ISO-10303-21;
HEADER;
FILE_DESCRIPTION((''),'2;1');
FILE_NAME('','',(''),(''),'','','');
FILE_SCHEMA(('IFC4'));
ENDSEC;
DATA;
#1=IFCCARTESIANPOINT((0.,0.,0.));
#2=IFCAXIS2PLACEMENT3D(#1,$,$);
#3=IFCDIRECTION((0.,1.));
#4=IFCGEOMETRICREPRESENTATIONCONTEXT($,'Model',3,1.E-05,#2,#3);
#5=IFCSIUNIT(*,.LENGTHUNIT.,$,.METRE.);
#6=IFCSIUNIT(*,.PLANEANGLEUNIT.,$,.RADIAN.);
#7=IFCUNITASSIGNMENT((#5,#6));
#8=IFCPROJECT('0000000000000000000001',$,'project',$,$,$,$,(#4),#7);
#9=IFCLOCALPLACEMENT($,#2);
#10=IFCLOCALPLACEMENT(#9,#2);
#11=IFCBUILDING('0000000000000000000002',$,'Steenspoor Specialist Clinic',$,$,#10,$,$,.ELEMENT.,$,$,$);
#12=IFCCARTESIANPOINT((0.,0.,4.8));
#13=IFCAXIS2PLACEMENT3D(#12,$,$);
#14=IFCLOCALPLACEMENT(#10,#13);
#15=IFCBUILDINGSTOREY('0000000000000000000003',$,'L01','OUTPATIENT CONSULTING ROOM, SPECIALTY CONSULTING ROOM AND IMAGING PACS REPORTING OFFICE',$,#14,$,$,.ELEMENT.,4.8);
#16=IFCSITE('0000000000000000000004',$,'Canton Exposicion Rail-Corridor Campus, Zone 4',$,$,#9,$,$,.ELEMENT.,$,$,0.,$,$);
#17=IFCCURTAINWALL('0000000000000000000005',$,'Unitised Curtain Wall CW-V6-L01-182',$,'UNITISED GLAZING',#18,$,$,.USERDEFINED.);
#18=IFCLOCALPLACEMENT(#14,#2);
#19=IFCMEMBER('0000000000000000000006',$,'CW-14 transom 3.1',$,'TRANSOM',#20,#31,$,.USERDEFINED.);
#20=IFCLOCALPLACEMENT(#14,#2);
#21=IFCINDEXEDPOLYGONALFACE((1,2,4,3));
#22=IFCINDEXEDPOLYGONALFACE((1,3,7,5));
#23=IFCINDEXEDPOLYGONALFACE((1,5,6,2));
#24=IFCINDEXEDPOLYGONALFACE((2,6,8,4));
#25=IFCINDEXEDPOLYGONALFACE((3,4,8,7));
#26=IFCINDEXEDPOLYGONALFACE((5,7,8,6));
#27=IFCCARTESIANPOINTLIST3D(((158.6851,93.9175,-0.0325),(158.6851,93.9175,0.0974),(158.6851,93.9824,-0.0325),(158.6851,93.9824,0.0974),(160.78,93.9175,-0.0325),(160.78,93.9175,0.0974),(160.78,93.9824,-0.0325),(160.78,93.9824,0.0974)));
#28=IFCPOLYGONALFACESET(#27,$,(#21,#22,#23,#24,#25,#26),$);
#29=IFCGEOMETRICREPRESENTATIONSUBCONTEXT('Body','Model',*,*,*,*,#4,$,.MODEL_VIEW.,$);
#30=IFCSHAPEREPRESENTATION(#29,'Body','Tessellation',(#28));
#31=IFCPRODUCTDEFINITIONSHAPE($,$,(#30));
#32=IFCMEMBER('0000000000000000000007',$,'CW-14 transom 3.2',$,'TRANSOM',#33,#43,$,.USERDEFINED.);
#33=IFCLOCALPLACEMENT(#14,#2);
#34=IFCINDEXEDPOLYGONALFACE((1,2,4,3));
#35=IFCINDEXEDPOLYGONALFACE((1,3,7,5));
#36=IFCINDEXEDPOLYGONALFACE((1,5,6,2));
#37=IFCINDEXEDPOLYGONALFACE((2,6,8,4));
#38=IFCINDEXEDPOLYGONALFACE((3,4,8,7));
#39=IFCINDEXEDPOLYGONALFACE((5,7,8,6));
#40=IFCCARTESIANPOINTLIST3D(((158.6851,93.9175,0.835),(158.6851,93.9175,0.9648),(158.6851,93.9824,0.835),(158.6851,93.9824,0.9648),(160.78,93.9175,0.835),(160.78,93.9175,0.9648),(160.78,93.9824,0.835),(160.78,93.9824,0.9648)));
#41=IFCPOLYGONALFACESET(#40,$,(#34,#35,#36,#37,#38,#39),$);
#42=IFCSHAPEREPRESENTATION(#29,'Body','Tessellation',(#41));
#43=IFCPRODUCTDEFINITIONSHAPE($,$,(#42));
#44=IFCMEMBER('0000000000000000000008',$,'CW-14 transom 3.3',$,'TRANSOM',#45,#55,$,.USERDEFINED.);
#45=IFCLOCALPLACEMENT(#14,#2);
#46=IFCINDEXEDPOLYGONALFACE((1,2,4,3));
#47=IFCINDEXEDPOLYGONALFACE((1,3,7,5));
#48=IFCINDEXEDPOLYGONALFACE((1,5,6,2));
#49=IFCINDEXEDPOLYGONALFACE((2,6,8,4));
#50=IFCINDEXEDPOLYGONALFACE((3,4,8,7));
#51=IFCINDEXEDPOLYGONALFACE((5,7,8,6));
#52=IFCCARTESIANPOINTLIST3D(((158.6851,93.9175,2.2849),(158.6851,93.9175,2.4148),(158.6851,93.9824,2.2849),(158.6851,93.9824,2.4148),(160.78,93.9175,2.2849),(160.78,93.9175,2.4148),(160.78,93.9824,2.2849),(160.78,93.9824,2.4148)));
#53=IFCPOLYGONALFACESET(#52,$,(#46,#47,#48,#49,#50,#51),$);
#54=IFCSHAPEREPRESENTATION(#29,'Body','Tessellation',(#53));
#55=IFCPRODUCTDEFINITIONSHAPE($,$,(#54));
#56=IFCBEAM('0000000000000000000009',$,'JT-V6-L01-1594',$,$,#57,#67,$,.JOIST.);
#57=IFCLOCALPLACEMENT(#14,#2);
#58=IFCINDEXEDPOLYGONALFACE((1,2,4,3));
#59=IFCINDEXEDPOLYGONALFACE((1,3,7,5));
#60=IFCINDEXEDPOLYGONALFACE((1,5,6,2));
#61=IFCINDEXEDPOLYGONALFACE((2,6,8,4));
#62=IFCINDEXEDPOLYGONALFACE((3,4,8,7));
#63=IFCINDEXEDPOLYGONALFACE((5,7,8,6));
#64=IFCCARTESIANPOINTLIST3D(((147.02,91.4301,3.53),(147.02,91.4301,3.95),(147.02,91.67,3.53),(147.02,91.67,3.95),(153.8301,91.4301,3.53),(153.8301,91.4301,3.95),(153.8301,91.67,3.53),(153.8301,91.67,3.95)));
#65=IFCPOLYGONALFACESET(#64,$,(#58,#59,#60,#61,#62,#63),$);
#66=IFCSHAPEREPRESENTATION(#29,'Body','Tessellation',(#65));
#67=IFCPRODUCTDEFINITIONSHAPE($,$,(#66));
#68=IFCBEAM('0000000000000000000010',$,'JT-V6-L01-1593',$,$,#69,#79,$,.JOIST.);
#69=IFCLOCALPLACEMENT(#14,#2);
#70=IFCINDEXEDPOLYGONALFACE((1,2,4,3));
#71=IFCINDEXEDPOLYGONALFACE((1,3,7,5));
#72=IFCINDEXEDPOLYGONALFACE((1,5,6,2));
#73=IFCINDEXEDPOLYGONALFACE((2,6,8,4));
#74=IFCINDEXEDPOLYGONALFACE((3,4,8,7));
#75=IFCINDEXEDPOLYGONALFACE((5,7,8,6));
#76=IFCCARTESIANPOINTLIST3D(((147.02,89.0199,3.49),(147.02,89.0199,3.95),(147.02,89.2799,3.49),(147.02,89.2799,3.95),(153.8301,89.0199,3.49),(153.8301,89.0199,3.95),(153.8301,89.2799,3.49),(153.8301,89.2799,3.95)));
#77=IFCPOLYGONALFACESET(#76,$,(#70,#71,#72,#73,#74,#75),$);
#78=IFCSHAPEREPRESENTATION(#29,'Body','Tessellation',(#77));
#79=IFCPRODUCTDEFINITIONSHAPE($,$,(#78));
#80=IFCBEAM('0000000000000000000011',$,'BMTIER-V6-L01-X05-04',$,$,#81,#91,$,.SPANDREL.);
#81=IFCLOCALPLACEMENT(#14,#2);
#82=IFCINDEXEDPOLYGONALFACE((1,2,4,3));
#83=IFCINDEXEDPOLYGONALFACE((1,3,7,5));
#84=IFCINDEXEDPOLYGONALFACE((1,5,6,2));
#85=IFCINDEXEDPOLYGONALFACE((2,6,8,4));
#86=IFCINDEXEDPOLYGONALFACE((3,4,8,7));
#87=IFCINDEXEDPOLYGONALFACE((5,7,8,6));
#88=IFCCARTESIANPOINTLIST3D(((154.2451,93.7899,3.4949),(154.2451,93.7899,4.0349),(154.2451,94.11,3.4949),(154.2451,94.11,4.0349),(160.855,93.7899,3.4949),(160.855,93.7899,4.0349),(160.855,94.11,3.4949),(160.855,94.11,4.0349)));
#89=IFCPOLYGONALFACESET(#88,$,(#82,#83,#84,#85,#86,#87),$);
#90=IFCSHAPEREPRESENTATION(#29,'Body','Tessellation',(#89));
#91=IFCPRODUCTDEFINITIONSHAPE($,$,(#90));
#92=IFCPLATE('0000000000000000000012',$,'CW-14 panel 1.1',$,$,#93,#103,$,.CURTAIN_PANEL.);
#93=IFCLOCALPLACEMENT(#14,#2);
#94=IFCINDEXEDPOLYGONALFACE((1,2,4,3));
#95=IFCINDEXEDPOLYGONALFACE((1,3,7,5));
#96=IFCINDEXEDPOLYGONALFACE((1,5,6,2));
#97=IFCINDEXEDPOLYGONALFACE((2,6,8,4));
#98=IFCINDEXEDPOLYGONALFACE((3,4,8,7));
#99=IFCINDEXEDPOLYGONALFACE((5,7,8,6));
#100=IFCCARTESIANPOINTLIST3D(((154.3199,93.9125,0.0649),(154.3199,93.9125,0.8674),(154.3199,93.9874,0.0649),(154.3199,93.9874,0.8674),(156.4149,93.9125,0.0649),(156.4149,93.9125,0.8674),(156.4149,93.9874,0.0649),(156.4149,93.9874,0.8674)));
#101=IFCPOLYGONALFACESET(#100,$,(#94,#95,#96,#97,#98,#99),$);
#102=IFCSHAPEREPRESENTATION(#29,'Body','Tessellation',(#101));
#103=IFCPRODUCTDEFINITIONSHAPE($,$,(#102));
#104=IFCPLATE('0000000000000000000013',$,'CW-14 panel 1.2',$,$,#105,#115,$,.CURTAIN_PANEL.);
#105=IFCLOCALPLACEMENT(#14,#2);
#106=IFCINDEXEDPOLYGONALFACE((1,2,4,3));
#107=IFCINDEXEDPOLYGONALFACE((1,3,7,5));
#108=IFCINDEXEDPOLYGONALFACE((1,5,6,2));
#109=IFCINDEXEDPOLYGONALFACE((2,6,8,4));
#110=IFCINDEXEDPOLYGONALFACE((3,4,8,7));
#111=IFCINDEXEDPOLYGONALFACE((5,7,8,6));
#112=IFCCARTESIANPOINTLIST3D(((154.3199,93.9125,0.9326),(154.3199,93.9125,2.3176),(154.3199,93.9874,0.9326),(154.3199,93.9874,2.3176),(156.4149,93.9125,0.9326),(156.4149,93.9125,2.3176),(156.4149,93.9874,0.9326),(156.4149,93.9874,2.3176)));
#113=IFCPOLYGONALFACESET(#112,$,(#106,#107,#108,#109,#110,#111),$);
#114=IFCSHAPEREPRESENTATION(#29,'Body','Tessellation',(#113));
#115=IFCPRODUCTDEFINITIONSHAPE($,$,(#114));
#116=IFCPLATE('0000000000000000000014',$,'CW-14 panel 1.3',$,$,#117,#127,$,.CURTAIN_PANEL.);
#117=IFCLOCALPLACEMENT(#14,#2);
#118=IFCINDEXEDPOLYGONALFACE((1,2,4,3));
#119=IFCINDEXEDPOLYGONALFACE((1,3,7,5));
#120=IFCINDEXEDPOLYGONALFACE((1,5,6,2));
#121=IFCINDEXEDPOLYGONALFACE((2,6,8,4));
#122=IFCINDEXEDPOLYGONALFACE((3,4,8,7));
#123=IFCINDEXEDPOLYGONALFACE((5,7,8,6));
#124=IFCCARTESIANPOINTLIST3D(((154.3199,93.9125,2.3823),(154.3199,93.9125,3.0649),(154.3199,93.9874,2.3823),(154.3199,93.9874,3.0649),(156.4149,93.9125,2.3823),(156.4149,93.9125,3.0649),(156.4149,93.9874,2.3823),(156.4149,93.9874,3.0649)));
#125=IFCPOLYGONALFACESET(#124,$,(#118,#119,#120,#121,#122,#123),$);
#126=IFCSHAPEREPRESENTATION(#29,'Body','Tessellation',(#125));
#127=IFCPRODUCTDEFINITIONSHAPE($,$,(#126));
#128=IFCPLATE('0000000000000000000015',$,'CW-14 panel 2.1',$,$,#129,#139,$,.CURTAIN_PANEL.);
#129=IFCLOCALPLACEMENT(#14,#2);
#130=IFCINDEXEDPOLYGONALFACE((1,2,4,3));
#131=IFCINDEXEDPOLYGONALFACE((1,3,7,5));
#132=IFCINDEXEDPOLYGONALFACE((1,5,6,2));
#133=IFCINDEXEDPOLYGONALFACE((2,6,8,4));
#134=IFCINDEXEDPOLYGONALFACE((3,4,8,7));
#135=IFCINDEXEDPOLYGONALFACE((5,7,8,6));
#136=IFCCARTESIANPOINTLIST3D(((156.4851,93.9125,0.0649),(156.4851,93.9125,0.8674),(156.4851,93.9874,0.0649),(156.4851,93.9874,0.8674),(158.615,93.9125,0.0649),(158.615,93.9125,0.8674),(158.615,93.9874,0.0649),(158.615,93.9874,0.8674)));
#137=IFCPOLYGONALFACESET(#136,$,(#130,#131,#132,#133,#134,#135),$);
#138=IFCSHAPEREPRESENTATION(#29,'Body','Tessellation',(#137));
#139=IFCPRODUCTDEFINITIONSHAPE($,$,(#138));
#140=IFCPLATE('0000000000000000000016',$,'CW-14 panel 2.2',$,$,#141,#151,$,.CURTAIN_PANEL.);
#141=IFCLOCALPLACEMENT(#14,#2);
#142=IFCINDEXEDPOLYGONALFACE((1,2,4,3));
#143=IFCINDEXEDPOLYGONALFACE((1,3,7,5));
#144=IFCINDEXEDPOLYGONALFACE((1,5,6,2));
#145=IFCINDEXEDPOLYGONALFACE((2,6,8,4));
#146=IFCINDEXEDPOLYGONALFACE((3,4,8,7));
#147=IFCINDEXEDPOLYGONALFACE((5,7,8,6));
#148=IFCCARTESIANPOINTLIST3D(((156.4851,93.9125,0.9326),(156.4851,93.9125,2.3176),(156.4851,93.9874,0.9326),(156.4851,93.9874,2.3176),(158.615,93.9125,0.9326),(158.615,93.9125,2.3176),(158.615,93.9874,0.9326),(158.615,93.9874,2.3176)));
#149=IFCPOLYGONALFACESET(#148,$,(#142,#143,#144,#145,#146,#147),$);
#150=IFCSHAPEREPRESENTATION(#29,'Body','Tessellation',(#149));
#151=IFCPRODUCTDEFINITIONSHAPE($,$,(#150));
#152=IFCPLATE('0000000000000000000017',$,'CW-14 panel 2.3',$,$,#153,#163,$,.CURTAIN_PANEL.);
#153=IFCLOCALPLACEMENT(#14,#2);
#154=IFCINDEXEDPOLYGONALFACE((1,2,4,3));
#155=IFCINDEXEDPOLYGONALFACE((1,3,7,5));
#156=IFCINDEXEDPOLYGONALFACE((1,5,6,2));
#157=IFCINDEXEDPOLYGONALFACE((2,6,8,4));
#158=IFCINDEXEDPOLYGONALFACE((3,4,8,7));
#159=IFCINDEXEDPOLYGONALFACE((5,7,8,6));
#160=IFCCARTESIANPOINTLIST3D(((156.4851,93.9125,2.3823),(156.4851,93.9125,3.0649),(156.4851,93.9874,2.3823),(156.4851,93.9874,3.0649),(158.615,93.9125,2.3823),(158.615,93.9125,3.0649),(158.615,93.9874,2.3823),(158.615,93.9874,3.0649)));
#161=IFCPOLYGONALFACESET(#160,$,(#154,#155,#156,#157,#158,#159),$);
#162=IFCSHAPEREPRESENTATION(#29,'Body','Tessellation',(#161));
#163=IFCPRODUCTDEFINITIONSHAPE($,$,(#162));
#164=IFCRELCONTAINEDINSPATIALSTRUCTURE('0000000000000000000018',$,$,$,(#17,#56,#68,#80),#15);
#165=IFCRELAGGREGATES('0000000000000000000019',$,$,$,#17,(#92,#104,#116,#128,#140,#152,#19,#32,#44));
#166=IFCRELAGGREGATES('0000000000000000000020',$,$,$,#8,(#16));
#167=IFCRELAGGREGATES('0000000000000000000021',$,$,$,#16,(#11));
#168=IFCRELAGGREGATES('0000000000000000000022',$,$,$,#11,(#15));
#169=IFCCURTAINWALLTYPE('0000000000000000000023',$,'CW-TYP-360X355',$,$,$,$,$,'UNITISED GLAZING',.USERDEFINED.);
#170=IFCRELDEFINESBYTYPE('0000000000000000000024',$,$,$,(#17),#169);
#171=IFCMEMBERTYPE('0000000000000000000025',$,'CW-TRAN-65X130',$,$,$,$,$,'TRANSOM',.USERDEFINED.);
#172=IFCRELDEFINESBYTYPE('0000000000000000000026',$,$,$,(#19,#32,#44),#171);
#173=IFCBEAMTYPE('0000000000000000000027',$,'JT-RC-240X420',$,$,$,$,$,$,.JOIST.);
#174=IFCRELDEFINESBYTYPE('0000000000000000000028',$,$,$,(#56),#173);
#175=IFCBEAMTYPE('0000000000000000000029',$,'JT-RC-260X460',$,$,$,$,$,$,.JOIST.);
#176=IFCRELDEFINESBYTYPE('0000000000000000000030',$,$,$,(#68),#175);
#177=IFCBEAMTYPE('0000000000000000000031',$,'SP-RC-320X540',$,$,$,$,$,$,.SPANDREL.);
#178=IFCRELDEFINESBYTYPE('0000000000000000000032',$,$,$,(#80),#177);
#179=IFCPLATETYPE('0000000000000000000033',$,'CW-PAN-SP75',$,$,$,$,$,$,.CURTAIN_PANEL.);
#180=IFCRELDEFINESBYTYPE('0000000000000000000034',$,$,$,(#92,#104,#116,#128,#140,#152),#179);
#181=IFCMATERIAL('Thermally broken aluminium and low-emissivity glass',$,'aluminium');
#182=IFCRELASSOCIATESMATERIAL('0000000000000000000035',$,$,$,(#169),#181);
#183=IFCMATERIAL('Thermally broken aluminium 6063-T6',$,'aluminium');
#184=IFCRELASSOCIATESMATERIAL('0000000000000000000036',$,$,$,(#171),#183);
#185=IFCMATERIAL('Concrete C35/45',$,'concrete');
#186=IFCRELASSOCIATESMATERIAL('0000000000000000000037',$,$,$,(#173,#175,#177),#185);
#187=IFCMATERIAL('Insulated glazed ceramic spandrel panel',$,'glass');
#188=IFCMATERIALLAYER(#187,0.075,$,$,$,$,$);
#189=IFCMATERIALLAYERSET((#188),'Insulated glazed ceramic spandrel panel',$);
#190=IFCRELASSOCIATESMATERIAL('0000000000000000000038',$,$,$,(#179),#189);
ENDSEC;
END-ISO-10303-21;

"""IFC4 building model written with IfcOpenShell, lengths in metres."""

from ifc_helpers import new_model, si_unit, direction, frame, origin, origin_2d, place, context, subcontext, project, spatial, rectangle, extrude, material, layer, layer_set, material_profile, profile_set, type_object, element, aggregate, save


model = new_model("IFC4")

# Units and contexts
model_context = context("Model", 3, precision=1e-05, world=origin(), true_north=direction((0.0, 1.0)))
body_context = subcontext(model_context, "Body", "Model", "MODEL_VIEW")
ifc_project = project(units=[si_unit("LENGTHUNIT", "METRE"), si_unit("PLANEANGLEUNIT", "RADIAN")], contexts=[model_context])

# Site, building, storey
site_placement = place(None, origin())
site = spatial("IfcSite", under=ifc_project, at=site_placement, Name="Canton Exposicion Rail-Corridor Campus, Zone 4", CompositionType="ELEMENT", RefElevation=0.0)
building_placement = place(site_placement, origin())
building = spatial("IfcBuilding", under=site, at=building_placement, Name="Steenspoor Specialist Clinic", CompositionType="ELEMENT")
storey_placement = place(building_placement, frame((0.0, 0.0, 4.8)))
storey = spatial("IfcBuildingStorey", under=building, at=storey_placement, Name="L01", Description="OUTPATIENT CONSULTING ROOM, SPECIALTY CONSULTING ROOM AND IMAGING PACS REPORTING OFFICE", CompositionType="ELEMENT", Elevation=4.8)

# Shared definitions
ifc_material_1 = material(Name="Concrete C35/45", Category="concrete")

# Curtain wall, members
ifc_material_2 = material(Name="Thermally broken aluminium and low-emissivity glass", Category="aluminium")
curtain_wall_type = type_object("IfcCurtainWallType", Name="CW-TYP-360X355", ElementType="UNITISED GLAZING", PredefinedType="USERDEFINED", material=ifc_material_2)
curtain_wall_placement = place(storey_placement, origin())
curtain_wall = element("IfcCurtainWall", 1, at=curtain_wall_placement, inside=storey, type_object=curtain_wall_type, Name="Unitised Curtain Wall CW-V6-L01-182", ObjectType="UNITISED GLAZING", PredefinedType="USERDEFINED")
ifc_material_3 = material(Name="Thermally broken aluminium 6063-T6", Category="aluminium")
ifc_material_profile_1 = material_profile(ifc_material_3, rectangle(XDim=0.0649, YDim=0.1299, at=origin_2d()), Name="CWT-65X130")
ifc_profile_set_1 = profile_set([ifc_material_profile_1], Name="Thermally broken aluminium 6063-T6")
member_type_1 = type_object("IfcMemberType", Name="CW-TRAN-65X130", ElementType="TRANSOM", PredefinedType="USERDEFINED", material=ifc_profile_set_1)
member_1_placement = place(storey_placement, frame((158.6851, 93.95, 0.0325), z_axis=(1.0, 0.0, 0.0), x_axis=(0.0, 1.0, 0.0)))
member_1 = element("IfcMember", 2, at=member_1_placement, type_object=member_type_1, Name="CW-14 transom 3.1", ObjectType="TRANSOM", PredefinedType="USERDEFINED", context=body_context, shape_type="SweptSolid", body=[
    extrude(rectangle(XDim=0.0649, YDim=0.1299, at=origin_2d()), origin(), (0.0, 0.0, 1.0), 2.095),
])
member_2_placement = place(storey_placement, frame((158.6851, 93.95, 0.8999), z_axis=(1.0, 0.0, 0.0), x_axis=(0.0, 1.0, 0.0)))
member_2 = element("IfcMember", 3, at=member_2_placement, type_object=member_type_1, Name="CW-14 transom 3.2", ObjectType="TRANSOM", PredefinedType="USERDEFINED", context=body_context, shape_type="SweptSolid", body=[
    extrude(rectangle(XDim=0.0649, YDim=0.1299, at=origin_2d()), origin(), (0.0, 0.0, 1.0), 2.095),
])
member_3_placement = place(storey_placement, frame((158.6851, 93.95, 2.3499), z_axis=(1.0, 0.0, 0.0), x_axis=(0.0, 1.0, 0.0)))
member_3 = element("IfcMember", 4, at=member_3_placement, type_object=member_type_1, Name="CW-14 transom 3.3", ObjectType="TRANSOM", PredefinedType="USERDEFINED", context=body_context, shape_type="SweptSolid", body=[
    extrude(rectangle(XDim=0.0649, YDim=0.1299, at=origin_2d()), origin(), (0.0, 0.0, 1.0), 2.095),
])

# Beams
ifc_material_profile_2 = material_profile(ifc_material_1, rectangle(XDim=0.24, YDim=0.4199, at=origin_2d()), Name="RC-JT-240X420")
ifc_profile_set_2 = profile_set([ifc_material_profile_2], Name="Concrete C35/45")
beam_type_1 = type_object("IfcBeamType", Name="JT-RC-240X420", PredefinedType="JOIST", material=ifc_profile_set_2)
beam_1_placement = place(storey_placement, frame((147.02, 91.55, 3.74), z_axis=(1.0, 0.0, 0.0), x_axis=(0.0, 1.0, 0.0)))
element("IfcBeam", 5, at=beam_1_placement, inside=storey, type_object=beam_type_1, Name="JT-V6-L01-1594", PredefinedType="JOIST", context=body_context, shape_type="SweptSolid", body=[
    extrude(rectangle(XDim=0.24, YDim=0.4199, at=origin_2d()), origin(), (0.0, 0.0, 1.0), 6.8101),
])
ifc_material_profile_3 = material_profile(ifc_material_1, rectangle(XDim=0.26, YDim=0.46, at=origin_2d()), Name="RC-JT-260X460")
ifc_profile_set_3 = profile_set([ifc_material_profile_3], Name="Concrete C35/45")
beam_type_2 = type_object("IfcBeamType", Name="JT-RC-260X460", PredefinedType="JOIST", material=ifc_profile_set_3)
beam_2_placement = place(storey_placement, frame((147.02, 89.1499, 3.72), z_axis=(1.0, 0.0, 0.0), x_axis=(0.0, 1.0, 0.0)))
element("IfcBeam", 6, at=beam_2_placement, inside=storey, type_object=beam_type_2, Name="JT-V6-L01-1593", PredefinedType="JOIST", context=body_context, shape_type="SweptSolid", body=[
    extrude(rectangle(XDim=0.26, YDim=0.46, at=origin_2d()), origin(), (0.0, 0.0, 1.0), 6.8101),
])
ifc_material_profile_4 = material_profile(ifc_material_1, rectangle(XDim=0.3201, YDim=0.54, at=origin_2d()), Name="RC-SP-320X540")
ifc_profile_set_4 = profile_set([ifc_material_profile_4], Name="Concrete C35/45")
beam_type_3 = type_object("IfcBeamType", Name="SP-RC-320X540", PredefinedType="SPANDREL", material=ifc_profile_set_4)
beam_3_placement = place(storey_placement, frame((154.2451, 93.95, 3.7649), z_axis=(1.0, 0.0, 0.0), x_axis=(0.0, 1.0, 0.0)))
element("IfcBeam", 7, at=beam_3_placement, inside=storey, type_object=beam_type_3, Name="BMTIER-V6-L01-X05-04", PredefinedType="SPANDREL", context=body_context, shape_type="SweptSolid", body=[
    extrude(rectangle(XDim=0.3201, YDim=0.54, at=origin_2d()), origin(), (0.0, 0.0, 1.0), 6.6099),
])

# Plates
ifc_material_4 = material(Name="Insulated glazed ceramic spandrel panel", Category="glass")
ifc_layer_1 = layer(ifc_material_4, 0.075)
ifc_layer_set_1 = layer_set([ifc_layer_1], Name="Insulated glazed ceramic spandrel panel")
plate_type = type_object("IfcPlateType", Name="CW-PAN-SP75", PredefinedType="CURTAIN_PANEL", material=ifc_layer_set_1)
plate_1_placement = place(storey_placement, frame((155.3674, 93.95, 0.0649), z_axis=(0.0, 0.0, 1.0), x_axis=(1.0, 0.0, 0.0)))
plate_1 = element("IfcPlate", 8, at=plate_1_placement, type_object=plate_type, Name="CW-14 panel 1.1", PredefinedType="CURTAIN_PANEL", context=body_context, shape_type="SweptSolid", body=[
    extrude(rectangle(XDim=2.095, YDim=0.075, at=origin_2d()), origin(), (0.0, 0.0, 1.0), 0.8025),
])
plate_2_placement = place(storey_placement, frame((155.3674, 93.95, 0.9326), z_axis=(0.0, 0.0, 1.0), x_axis=(1.0, 0.0, 0.0)))
plate_2 = element("IfcPlate", 9, at=plate_2_placement, type_object=plate_type, Name="CW-14 panel 1.2", PredefinedType="CURTAIN_PANEL", context=body_context, shape_type="SweptSolid", body=[
    extrude(rectangle(XDim=2.095, YDim=0.075, at=origin_2d()), origin(), (0.0, 0.0, 1.0), 1.385),
])
plate_3_placement = place(storey_placement, frame((155.3674, 93.95, 2.3823), z_axis=(0.0, 0.0, 1.0), x_axis=(1.0, 0.0, 0.0)))
plate_3 = element("IfcPlate", 10, at=plate_3_placement, type_object=plate_type, Name="CW-14 panel 1.3", PredefinedType="CURTAIN_PANEL", context=body_context, shape_type="SweptSolid", body=[
    extrude(rectangle(XDim=2.095, YDim=0.075, at=origin_2d()), origin(), (0.0, 0.0, 1.0), 0.6826),
])
plate_4_placement = place(storey_placement, frame((157.55, 93.95, 0.0649), z_axis=(0.0, 0.0, 1.0), x_axis=(1.0, 0.0, 0.0)))
plate_4 = element("IfcPlate", 11, at=plate_4_placement, type_object=plate_type, Name="CW-14 panel 2.1", PredefinedType="CURTAIN_PANEL", context=body_context, shape_type="SweptSolid", body=[
    extrude(rectangle(XDim=2.1299, YDim=0.075, at=origin_2d()), origin(), (0.0, 0.0, 1.0), 0.8025),
])
plate_5_placement = place(storey_placement, frame((157.55, 93.95, 0.9326), z_axis=(0.0, 0.0, 1.0), x_axis=(1.0, 0.0, 0.0)))
plate_5 = element("IfcPlate", 12, at=plate_5_placement, type_object=plate_type, Name="CW-14 panel 2.2", PredefinedType="CURTAIN_PANEL", context=body_context, shape_type="SweptSolid", body=[
    extrude(rectangle(XDim=2.1299, YDim=0.075, at=origin_2d()), origin(), (0.0, 0.0, 1.0), 1.385),
])
plate_6_placement = place(storey_placement, frame((157.55, 93.95, 2.3823), z_axis=(0.0, 0.0, 1.0), x_axis=(1.0, 0.0, 0.0)))
plate_6 = element("IfcPlate", 13, at=plate_6_placement, type_object=plate_type, Name="CW-14 panel 2.3", PredefinedType="CURTAIN_PANEL", context=body_context, shape_type="SweptSolid", body=[
    extrude(rectangle(XDim=2.1299, YDim=0.075, at=origin_2d()), origin(), (0.0, 0.0, 1.0), 0.6826),
])
aggregate(curtain_wall, [plate_1, plate_2, plate_3, plate_4, plate_5, plate_6, member_1, member_2, member_3])

save(model, "model.ifc")
